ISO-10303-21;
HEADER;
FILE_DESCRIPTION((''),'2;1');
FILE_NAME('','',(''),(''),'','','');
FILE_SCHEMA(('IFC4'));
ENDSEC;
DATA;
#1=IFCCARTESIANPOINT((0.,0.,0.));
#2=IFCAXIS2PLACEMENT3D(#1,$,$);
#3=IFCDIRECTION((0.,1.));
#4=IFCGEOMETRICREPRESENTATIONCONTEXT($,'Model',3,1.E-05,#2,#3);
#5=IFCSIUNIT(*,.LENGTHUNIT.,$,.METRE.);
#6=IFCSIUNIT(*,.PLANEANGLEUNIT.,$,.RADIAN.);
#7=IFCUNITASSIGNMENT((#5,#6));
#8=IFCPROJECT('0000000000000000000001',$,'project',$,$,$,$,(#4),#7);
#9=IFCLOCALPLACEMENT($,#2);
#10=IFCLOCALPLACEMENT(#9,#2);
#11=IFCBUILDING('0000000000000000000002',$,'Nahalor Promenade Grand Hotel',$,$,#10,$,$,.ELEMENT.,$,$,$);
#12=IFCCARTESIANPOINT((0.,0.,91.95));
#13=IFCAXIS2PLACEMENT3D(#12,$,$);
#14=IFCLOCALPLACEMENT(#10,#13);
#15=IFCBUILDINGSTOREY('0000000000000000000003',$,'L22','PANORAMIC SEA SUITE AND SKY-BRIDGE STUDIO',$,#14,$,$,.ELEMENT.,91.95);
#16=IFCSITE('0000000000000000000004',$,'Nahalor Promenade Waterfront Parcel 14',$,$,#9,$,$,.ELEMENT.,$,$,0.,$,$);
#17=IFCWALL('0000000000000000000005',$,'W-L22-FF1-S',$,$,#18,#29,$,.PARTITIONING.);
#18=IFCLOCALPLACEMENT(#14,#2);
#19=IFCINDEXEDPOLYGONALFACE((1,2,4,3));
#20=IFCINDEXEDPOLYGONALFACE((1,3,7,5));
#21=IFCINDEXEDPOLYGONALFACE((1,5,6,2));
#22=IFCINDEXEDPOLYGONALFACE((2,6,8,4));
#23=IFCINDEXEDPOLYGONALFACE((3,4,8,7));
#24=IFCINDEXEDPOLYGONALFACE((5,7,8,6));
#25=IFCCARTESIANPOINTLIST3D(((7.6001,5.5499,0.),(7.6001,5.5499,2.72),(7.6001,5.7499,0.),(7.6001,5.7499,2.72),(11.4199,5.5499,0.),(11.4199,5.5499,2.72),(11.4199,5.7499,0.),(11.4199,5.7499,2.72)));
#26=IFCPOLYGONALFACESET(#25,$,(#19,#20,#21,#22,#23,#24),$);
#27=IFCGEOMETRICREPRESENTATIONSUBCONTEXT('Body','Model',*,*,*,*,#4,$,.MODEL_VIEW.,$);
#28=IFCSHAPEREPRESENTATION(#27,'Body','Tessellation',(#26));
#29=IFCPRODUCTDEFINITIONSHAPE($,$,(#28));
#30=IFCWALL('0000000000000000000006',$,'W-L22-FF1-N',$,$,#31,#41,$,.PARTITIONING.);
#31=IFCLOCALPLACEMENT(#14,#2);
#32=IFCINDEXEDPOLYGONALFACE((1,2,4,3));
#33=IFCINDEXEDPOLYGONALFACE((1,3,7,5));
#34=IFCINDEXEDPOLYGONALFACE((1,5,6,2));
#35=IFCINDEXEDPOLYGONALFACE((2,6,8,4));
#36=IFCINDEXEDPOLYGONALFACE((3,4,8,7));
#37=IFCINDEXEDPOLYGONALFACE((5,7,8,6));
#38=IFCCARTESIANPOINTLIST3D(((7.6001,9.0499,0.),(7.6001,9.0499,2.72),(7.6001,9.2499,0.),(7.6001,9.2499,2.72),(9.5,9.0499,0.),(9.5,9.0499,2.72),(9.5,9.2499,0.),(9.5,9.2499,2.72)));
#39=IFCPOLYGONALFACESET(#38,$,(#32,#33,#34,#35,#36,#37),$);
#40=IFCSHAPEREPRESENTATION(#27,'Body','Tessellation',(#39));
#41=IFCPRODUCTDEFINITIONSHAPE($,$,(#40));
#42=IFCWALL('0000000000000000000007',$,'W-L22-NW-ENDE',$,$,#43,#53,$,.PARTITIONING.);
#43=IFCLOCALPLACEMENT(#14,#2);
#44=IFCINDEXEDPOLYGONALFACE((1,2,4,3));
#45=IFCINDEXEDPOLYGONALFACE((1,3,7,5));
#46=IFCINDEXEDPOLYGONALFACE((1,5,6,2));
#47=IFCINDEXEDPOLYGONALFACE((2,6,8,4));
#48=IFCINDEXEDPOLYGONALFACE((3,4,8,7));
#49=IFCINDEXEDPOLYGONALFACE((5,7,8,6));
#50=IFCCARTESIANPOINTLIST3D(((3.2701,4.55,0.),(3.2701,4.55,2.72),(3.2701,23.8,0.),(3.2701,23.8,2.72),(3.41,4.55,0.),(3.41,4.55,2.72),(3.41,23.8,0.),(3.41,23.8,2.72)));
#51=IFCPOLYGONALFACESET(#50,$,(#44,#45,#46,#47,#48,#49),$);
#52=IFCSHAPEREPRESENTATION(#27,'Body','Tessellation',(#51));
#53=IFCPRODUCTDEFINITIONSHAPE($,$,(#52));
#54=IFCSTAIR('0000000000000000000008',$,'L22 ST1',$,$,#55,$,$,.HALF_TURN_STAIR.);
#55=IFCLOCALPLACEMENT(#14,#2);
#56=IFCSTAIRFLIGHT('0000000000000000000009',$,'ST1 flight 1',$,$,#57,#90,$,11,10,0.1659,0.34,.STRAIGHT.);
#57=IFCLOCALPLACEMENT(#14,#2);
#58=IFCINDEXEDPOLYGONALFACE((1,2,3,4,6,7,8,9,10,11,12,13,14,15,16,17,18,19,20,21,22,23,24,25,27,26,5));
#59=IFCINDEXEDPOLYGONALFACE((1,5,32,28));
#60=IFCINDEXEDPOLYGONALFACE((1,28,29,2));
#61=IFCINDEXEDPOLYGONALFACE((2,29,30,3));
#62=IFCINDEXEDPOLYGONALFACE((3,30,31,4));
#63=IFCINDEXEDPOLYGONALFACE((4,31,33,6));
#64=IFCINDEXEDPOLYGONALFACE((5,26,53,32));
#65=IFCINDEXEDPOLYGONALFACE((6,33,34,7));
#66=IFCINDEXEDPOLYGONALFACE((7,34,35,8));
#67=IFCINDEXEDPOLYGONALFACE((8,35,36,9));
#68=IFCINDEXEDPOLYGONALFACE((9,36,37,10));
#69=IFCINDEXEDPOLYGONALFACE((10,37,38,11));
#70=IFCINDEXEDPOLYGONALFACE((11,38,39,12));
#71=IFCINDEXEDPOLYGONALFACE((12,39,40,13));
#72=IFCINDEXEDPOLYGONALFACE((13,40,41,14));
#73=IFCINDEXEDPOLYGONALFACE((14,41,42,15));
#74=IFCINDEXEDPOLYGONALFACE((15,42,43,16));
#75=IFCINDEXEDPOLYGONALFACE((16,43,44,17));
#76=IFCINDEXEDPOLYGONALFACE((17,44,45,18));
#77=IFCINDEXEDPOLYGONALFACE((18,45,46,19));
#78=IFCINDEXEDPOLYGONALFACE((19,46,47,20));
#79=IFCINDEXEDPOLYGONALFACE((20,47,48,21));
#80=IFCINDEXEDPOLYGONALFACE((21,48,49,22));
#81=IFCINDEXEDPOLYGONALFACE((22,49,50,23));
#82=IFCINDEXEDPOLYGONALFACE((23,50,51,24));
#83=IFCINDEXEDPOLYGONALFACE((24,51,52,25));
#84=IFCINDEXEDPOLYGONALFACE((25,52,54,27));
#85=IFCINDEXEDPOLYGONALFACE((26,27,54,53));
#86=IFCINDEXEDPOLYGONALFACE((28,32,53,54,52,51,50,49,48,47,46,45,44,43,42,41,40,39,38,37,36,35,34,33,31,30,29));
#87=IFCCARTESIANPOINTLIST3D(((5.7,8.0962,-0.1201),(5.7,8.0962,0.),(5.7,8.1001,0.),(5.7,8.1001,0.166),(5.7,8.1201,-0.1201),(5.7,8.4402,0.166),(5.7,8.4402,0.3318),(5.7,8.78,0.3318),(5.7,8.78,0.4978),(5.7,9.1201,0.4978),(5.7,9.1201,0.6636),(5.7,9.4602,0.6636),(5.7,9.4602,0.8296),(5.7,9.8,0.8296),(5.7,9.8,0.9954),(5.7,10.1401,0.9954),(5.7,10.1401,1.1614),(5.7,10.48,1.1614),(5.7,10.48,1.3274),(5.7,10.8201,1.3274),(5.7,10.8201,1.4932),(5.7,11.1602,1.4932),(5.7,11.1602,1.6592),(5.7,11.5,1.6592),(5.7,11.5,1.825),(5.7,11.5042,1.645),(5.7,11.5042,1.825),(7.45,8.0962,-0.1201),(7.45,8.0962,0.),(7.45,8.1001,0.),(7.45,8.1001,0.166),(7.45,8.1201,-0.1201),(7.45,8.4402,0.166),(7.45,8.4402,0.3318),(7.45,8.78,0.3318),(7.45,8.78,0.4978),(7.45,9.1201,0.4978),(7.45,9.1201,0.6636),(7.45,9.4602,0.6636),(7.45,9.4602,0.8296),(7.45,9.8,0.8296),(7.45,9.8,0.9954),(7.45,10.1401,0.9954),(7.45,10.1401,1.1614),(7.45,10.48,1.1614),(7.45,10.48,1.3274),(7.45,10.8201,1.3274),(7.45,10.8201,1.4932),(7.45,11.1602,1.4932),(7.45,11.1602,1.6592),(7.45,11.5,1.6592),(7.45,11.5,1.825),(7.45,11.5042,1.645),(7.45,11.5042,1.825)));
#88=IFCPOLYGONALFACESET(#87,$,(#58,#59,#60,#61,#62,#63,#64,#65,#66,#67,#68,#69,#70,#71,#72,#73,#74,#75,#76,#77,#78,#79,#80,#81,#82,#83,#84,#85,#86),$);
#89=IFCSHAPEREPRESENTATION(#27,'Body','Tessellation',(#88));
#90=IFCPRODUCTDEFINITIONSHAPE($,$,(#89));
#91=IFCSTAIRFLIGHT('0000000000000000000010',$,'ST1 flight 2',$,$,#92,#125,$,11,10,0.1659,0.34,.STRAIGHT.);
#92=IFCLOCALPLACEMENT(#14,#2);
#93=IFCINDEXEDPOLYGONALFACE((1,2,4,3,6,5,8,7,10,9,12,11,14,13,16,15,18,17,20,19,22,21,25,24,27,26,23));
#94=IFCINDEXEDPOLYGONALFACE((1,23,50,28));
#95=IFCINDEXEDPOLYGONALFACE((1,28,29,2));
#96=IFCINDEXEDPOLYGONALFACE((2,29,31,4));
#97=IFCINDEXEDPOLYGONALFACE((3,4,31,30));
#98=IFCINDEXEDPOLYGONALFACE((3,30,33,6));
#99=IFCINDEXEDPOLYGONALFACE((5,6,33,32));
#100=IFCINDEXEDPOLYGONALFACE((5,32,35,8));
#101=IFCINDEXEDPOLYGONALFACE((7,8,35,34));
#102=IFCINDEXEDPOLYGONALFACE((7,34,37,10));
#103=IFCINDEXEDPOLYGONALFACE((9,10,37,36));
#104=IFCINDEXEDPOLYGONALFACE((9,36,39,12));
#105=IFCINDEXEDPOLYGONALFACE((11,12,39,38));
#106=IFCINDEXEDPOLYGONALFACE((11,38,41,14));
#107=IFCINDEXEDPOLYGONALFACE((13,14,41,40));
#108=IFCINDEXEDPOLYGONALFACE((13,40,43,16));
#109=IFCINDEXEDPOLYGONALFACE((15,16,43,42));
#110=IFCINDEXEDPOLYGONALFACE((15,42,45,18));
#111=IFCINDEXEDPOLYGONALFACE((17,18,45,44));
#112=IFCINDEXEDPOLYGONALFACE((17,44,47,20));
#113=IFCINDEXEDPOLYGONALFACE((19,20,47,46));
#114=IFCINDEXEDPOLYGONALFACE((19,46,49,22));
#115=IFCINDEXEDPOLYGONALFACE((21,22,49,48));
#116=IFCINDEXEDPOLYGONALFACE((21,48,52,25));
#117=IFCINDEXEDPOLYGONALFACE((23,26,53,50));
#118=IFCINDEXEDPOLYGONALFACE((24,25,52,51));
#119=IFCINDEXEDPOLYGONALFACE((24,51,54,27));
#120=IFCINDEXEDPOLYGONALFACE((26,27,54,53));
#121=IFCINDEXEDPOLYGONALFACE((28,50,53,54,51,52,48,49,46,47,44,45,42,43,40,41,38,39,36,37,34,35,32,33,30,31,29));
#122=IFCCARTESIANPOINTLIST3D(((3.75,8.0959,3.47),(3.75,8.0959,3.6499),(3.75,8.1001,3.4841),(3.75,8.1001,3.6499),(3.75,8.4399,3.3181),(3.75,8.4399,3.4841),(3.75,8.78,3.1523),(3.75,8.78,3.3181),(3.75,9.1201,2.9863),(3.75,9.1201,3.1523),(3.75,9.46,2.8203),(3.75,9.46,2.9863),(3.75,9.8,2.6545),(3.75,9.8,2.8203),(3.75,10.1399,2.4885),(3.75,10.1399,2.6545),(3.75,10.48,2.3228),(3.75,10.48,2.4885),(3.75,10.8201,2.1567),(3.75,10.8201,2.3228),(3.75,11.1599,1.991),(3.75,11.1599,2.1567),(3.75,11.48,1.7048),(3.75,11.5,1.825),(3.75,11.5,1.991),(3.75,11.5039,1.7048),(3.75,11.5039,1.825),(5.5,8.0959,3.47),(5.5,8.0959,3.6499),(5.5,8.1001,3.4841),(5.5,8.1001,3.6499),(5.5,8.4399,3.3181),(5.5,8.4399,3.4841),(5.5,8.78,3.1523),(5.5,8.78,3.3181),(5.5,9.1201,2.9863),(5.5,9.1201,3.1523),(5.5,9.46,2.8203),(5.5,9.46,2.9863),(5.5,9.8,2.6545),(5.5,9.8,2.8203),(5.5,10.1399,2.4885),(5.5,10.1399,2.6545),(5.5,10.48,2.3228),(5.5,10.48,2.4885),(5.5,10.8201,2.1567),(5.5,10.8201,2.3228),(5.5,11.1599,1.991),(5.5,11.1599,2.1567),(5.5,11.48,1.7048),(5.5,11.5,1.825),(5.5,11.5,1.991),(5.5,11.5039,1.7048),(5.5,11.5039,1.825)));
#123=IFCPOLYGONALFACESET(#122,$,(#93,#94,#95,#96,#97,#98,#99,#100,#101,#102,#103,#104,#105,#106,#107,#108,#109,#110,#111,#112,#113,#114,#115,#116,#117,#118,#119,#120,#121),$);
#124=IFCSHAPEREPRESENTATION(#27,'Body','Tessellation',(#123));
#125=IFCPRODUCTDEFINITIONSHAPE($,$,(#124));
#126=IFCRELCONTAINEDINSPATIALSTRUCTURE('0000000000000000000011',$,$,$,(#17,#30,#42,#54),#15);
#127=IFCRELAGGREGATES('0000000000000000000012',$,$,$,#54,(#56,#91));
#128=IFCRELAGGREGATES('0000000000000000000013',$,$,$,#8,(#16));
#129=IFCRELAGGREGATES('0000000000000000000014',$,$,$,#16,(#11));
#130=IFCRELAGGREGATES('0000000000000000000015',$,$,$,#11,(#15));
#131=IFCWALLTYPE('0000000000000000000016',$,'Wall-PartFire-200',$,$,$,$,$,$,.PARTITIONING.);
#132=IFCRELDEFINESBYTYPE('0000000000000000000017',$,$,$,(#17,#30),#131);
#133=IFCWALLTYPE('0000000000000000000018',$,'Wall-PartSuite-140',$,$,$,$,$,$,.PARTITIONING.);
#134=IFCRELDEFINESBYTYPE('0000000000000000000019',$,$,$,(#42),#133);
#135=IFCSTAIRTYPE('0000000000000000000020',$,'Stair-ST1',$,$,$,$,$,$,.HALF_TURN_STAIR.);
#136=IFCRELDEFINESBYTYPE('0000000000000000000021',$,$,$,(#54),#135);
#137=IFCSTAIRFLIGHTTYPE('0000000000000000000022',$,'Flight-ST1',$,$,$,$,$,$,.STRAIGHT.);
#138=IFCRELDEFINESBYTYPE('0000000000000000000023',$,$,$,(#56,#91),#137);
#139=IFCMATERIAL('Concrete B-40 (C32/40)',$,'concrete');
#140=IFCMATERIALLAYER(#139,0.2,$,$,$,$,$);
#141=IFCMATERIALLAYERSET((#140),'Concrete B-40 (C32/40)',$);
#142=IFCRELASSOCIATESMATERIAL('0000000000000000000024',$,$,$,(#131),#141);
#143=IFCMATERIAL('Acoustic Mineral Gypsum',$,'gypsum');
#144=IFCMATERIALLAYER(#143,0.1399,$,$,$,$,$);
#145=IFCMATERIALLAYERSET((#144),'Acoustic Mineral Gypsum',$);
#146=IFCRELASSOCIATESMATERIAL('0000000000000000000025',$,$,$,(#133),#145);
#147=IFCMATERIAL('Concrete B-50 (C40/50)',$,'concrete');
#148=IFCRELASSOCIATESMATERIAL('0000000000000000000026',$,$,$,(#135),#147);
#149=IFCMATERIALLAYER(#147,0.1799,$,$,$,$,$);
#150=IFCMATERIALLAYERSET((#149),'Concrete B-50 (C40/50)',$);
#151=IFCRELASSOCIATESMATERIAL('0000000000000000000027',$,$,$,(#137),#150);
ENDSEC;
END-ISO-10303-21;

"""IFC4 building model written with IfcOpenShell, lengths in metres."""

from ifc_helpers import new_model, si_unit, direction, frame, frame_2d, origin, place, context, subcontext, project, spatial, polyline, rectangle, outline, extrude, source, transform, mapped, material, layer, layer_set, type_object, element, aggregate, save


model = new_model("IFC4")

# Units and contexts
model_context = context("Model", 3, precision=1e-05, world=origin(), true_north=direction((0.0, 1.0)))
body_context = subcontext(model_context, "Body", "Model", "MODEL_VIEW")
ifc_project = project(units=[si_unit("LENGTHUNIT", "METRE"), si_unit("PLANEANGLEUNIT", "RADIAN")], contexts=[model_context])

# Site, building, storey
site_placement = place(None, origin())
site = spatial("IfcSite", under=ifc_project, at=site_placement, Name="Nahalor Promenade Waterfront Parcel 14", CompositionType="ELEMENT", RefElevation=0.0)
building_placement = place(site_placement, origin())
building = spatial("IfcBuilding", under=site, at=building_placement, Name="Nahalor Promenade Grand Hotel", CompositionType="ELEMENT")
storey_placement = place(building_placement, frame((0.0, 0.0, 91.95)))
storey = spatial("IfcBuildingStorey", under=building, at=storey_placement, Name="L22", Description="PANORAMIC SEA SUITE AND SKY-BRIDGE STUDIO", CompositionType="ELEMENT", Elevation=91.95)

# Shared definitions
ifc_material_1 = material(Name="Concrete B-50 (C40/50)", Category="concrete")

# Walls
ifc_material_2 = material(Name="Concrete B-40 (C32/40)", Category="concrete")
ifc_layer_1 = layer(ifc_material_2, 0.2)
ifc_layer_set_1 = layer_set([ifc_layer_1], Name="Concrete B-40 (C32/40)")
wall_type_1 = type_object("IfcWallType", Name="Wall-PartFire-200", PredefinedType="PARTITIONING", material=ifc_layer_set_1)
shared_shape_1 = source(origin(), body_context, "Body", "SweptSolid", [
    extrude(rectangle(XDim=3.8198, YDim=0.2, at=frame_2d((1.9099, 0.0))), origin(), (0.0, 0.0, 1.0), 2.72),
])
wall_1_placement = place(storey_placement, frame((7.6001, 5.6499, 0.0), z_axis=(0.0, 0.0, 1.0), x_axis=(1.0, 0.0, 0.0)))
element("IfcWall", 1, at=wall_1_placement, inside=storey, type_object=wall_type_1, Name="W-L22-FF1-S", PredefinedType="PARTITIONING", context=body_context, shape_type="MappedRepresentation", body=[
    mapped(shared_shape_1, transform((0.0, 0.0, 0.0), scale=1.0)),
])
shared_shape_2 = source(origin(), body_context, "Body", "SweptSolid", [
    extrude(rectangle(XDim=1.8999, YDim=0.2, at=frame_2d((0.95, 0.0))), origin(), (0.0, 0.0, 1.0), 2.72),
])
wall_2_placement = place(storey_placement, frame((7.6001, 9.1499, 0.0), z_axis=(0.0, 0.0, 1.0), x_axis=(1.0, 0.0, 0.0)))
element("IfcWall", 2, at=wall_2_placement, inside=storey, type_object=wall_type_1, Name="W-L22-FF1-N", PredefinedType="PARTITIONING", context=body_context, shape_type="MappedRepresentation", body=[
    mapped(shared_shape_2, transform((0.0, 0.0, 0.0), scale=1.0)),
])

# Wall
ifc_material_3 = material(Name="Acoustic Mineral Gypsum", Category="gypsum")
ifc_layer_2 = layer(ifc_material_3, 0.1399)
ifc_layer_set_2 = layer_set([ifc_layer_2], Name="Acoustic Mineral Gypsum")
wall_type_2 = type_object("IfcWallType", Name="Wall-PartSuite-140", PredefinedType="PARTITIONING", material=ifc_layer_set_2)
shared_shape_3 = source(origin(), body_context, "Body", "SweptSolid", [
    extrude(rectangle(XDim=19.25, YDim=0.1399, at=frame_2d((9.625, 0.0))), origin(), (0.0, 0.0, 1.0), 2.72),
])
wall_3_placement = place(storey_placement, frame((3.3401, 4.55, 0.0), z_axis=(0.0, 0.0, 1.0), x_axis=(0.0, 1.0, 0.0)))
element("IfcWall", 3, at=wall_3_placement, inside=storey, type_object=wall_type_2, Name="W-L22-NW-ENDE", PredefinedType="PARTITIONING", context=body_context, shape_type="MappedRepresentation", body=[
    mapped(shared_shape_3, transform((0.0, 0.0, 0.0), scale=1.0)),
])

# Stair, stair flights
stair_type = type_object("IfcStairType", Name="Stair-ST1", PredefinedType="HALF_TURN_STAIR", material=ifc_material_1)
stair_placement = place(storey_placement, origin())
stair = element("IfcStair", 4, at=stair_placement, inside=storey, type_object=stair_type, Name="L22 ST1", PredefinedType="HALF_TURN_STAIR")
ifc_layer_3 = layer(ifc_material_1, 0.1799)
ifc_layer_set_3 = layer_set([ifc_layer_3], Name="Concrete B-50 (C40/50)")
stair_flight_type = type_object("IfcStairFlightType", Name="Flight-ST1", PredefinedType="STRAIGHT", material=ifc_layer_set_3)
shared_shape_4 = source(origin(), body_context, "Body", "SweptSolid", [
    extrude(outline(polyline([(-0.0039, -0.1201), (-0.0039, 0.0), (0.0, 0.0), (0.0, 0.166), (0.3401, 0.166), (0.3401, 0.3318), (0.6799, 0.3318), (0.6799, 0.4978), (1.02, 0.4978), (1.02, 0.6636), (1.3601, 0.6636), (1.3601, 0.8296), (1.7, 0.8296), (1.7, 0.9954), (2.04, 0.9954), (2.04, 1.1614), (2.3799, 1.1614), (2.3799, 1.3274), (2.72, 1.3274), (2.72, 1.4932), (3.0601, 1.4932), (3.0601, 1.6592), (3.3999, 1.6592), (3.3999, 1.825), (3.4041, 1.825), (3.4041, 1.645), (0.02, -0.1201), (-0.0039, -0.1201)])), frame((0.0, 0.875, 0.0), z_axis=(0.0, -1.0, 0.0), x_axis=(1.0, 0.0, 0.0)), (0.0, 0.0, 1.0), 1.75),
])
stair_flight_1_placement = place(storey_placement, frame((6.575, 8.1001, 0.0), z_axis=(0.0, 0.0, 1.0), x_axis=(0.0, 1.0, 0.0)))
stair_flight_1 = element("IfcStairFlight", 5, at=stair_flight_1_placement, type_object=stair_flight_type, Name="ST1 flight 1", NumberOfRisers=11, NumberOfTreads=10, PredefinedType="STRAIGHT", RiserHeight=0.1659, TreadLength=0.34, context=body_context, shape_type="MappedRepresentation", body=[
    mapped(shared_shape_4, transform((0.0, 0.0, 0.0), scale=1.0)),
])
stair_flight_2_placement = place(storey_placement, frame((4.625, 11.5, 1.825), z_axis=(0.0, 0.0, 1.0), x_axis=(0.0, -1.0, 0.0)))
stair_flight_2 = element("IfcStairFlight", 6, at=stair_flight_2_placement, type_object=stair_flight_type, Name="ST1 flight 2", NumberOfRisers=11, NumberOfTreads=10, PredefinedType="STRAIGHT", RiserHeight=0.1659, TreadLength=0.34, context=body_context, shape_type="MappedRepresentation", body=[
    mapped(shared_shape_4, transform((0.0, 0.0, 0.0), scale=1.0)),
])
aggregate(stair, [stair_flight_1, stair_flight_2])

save(model, "model.ifc")
